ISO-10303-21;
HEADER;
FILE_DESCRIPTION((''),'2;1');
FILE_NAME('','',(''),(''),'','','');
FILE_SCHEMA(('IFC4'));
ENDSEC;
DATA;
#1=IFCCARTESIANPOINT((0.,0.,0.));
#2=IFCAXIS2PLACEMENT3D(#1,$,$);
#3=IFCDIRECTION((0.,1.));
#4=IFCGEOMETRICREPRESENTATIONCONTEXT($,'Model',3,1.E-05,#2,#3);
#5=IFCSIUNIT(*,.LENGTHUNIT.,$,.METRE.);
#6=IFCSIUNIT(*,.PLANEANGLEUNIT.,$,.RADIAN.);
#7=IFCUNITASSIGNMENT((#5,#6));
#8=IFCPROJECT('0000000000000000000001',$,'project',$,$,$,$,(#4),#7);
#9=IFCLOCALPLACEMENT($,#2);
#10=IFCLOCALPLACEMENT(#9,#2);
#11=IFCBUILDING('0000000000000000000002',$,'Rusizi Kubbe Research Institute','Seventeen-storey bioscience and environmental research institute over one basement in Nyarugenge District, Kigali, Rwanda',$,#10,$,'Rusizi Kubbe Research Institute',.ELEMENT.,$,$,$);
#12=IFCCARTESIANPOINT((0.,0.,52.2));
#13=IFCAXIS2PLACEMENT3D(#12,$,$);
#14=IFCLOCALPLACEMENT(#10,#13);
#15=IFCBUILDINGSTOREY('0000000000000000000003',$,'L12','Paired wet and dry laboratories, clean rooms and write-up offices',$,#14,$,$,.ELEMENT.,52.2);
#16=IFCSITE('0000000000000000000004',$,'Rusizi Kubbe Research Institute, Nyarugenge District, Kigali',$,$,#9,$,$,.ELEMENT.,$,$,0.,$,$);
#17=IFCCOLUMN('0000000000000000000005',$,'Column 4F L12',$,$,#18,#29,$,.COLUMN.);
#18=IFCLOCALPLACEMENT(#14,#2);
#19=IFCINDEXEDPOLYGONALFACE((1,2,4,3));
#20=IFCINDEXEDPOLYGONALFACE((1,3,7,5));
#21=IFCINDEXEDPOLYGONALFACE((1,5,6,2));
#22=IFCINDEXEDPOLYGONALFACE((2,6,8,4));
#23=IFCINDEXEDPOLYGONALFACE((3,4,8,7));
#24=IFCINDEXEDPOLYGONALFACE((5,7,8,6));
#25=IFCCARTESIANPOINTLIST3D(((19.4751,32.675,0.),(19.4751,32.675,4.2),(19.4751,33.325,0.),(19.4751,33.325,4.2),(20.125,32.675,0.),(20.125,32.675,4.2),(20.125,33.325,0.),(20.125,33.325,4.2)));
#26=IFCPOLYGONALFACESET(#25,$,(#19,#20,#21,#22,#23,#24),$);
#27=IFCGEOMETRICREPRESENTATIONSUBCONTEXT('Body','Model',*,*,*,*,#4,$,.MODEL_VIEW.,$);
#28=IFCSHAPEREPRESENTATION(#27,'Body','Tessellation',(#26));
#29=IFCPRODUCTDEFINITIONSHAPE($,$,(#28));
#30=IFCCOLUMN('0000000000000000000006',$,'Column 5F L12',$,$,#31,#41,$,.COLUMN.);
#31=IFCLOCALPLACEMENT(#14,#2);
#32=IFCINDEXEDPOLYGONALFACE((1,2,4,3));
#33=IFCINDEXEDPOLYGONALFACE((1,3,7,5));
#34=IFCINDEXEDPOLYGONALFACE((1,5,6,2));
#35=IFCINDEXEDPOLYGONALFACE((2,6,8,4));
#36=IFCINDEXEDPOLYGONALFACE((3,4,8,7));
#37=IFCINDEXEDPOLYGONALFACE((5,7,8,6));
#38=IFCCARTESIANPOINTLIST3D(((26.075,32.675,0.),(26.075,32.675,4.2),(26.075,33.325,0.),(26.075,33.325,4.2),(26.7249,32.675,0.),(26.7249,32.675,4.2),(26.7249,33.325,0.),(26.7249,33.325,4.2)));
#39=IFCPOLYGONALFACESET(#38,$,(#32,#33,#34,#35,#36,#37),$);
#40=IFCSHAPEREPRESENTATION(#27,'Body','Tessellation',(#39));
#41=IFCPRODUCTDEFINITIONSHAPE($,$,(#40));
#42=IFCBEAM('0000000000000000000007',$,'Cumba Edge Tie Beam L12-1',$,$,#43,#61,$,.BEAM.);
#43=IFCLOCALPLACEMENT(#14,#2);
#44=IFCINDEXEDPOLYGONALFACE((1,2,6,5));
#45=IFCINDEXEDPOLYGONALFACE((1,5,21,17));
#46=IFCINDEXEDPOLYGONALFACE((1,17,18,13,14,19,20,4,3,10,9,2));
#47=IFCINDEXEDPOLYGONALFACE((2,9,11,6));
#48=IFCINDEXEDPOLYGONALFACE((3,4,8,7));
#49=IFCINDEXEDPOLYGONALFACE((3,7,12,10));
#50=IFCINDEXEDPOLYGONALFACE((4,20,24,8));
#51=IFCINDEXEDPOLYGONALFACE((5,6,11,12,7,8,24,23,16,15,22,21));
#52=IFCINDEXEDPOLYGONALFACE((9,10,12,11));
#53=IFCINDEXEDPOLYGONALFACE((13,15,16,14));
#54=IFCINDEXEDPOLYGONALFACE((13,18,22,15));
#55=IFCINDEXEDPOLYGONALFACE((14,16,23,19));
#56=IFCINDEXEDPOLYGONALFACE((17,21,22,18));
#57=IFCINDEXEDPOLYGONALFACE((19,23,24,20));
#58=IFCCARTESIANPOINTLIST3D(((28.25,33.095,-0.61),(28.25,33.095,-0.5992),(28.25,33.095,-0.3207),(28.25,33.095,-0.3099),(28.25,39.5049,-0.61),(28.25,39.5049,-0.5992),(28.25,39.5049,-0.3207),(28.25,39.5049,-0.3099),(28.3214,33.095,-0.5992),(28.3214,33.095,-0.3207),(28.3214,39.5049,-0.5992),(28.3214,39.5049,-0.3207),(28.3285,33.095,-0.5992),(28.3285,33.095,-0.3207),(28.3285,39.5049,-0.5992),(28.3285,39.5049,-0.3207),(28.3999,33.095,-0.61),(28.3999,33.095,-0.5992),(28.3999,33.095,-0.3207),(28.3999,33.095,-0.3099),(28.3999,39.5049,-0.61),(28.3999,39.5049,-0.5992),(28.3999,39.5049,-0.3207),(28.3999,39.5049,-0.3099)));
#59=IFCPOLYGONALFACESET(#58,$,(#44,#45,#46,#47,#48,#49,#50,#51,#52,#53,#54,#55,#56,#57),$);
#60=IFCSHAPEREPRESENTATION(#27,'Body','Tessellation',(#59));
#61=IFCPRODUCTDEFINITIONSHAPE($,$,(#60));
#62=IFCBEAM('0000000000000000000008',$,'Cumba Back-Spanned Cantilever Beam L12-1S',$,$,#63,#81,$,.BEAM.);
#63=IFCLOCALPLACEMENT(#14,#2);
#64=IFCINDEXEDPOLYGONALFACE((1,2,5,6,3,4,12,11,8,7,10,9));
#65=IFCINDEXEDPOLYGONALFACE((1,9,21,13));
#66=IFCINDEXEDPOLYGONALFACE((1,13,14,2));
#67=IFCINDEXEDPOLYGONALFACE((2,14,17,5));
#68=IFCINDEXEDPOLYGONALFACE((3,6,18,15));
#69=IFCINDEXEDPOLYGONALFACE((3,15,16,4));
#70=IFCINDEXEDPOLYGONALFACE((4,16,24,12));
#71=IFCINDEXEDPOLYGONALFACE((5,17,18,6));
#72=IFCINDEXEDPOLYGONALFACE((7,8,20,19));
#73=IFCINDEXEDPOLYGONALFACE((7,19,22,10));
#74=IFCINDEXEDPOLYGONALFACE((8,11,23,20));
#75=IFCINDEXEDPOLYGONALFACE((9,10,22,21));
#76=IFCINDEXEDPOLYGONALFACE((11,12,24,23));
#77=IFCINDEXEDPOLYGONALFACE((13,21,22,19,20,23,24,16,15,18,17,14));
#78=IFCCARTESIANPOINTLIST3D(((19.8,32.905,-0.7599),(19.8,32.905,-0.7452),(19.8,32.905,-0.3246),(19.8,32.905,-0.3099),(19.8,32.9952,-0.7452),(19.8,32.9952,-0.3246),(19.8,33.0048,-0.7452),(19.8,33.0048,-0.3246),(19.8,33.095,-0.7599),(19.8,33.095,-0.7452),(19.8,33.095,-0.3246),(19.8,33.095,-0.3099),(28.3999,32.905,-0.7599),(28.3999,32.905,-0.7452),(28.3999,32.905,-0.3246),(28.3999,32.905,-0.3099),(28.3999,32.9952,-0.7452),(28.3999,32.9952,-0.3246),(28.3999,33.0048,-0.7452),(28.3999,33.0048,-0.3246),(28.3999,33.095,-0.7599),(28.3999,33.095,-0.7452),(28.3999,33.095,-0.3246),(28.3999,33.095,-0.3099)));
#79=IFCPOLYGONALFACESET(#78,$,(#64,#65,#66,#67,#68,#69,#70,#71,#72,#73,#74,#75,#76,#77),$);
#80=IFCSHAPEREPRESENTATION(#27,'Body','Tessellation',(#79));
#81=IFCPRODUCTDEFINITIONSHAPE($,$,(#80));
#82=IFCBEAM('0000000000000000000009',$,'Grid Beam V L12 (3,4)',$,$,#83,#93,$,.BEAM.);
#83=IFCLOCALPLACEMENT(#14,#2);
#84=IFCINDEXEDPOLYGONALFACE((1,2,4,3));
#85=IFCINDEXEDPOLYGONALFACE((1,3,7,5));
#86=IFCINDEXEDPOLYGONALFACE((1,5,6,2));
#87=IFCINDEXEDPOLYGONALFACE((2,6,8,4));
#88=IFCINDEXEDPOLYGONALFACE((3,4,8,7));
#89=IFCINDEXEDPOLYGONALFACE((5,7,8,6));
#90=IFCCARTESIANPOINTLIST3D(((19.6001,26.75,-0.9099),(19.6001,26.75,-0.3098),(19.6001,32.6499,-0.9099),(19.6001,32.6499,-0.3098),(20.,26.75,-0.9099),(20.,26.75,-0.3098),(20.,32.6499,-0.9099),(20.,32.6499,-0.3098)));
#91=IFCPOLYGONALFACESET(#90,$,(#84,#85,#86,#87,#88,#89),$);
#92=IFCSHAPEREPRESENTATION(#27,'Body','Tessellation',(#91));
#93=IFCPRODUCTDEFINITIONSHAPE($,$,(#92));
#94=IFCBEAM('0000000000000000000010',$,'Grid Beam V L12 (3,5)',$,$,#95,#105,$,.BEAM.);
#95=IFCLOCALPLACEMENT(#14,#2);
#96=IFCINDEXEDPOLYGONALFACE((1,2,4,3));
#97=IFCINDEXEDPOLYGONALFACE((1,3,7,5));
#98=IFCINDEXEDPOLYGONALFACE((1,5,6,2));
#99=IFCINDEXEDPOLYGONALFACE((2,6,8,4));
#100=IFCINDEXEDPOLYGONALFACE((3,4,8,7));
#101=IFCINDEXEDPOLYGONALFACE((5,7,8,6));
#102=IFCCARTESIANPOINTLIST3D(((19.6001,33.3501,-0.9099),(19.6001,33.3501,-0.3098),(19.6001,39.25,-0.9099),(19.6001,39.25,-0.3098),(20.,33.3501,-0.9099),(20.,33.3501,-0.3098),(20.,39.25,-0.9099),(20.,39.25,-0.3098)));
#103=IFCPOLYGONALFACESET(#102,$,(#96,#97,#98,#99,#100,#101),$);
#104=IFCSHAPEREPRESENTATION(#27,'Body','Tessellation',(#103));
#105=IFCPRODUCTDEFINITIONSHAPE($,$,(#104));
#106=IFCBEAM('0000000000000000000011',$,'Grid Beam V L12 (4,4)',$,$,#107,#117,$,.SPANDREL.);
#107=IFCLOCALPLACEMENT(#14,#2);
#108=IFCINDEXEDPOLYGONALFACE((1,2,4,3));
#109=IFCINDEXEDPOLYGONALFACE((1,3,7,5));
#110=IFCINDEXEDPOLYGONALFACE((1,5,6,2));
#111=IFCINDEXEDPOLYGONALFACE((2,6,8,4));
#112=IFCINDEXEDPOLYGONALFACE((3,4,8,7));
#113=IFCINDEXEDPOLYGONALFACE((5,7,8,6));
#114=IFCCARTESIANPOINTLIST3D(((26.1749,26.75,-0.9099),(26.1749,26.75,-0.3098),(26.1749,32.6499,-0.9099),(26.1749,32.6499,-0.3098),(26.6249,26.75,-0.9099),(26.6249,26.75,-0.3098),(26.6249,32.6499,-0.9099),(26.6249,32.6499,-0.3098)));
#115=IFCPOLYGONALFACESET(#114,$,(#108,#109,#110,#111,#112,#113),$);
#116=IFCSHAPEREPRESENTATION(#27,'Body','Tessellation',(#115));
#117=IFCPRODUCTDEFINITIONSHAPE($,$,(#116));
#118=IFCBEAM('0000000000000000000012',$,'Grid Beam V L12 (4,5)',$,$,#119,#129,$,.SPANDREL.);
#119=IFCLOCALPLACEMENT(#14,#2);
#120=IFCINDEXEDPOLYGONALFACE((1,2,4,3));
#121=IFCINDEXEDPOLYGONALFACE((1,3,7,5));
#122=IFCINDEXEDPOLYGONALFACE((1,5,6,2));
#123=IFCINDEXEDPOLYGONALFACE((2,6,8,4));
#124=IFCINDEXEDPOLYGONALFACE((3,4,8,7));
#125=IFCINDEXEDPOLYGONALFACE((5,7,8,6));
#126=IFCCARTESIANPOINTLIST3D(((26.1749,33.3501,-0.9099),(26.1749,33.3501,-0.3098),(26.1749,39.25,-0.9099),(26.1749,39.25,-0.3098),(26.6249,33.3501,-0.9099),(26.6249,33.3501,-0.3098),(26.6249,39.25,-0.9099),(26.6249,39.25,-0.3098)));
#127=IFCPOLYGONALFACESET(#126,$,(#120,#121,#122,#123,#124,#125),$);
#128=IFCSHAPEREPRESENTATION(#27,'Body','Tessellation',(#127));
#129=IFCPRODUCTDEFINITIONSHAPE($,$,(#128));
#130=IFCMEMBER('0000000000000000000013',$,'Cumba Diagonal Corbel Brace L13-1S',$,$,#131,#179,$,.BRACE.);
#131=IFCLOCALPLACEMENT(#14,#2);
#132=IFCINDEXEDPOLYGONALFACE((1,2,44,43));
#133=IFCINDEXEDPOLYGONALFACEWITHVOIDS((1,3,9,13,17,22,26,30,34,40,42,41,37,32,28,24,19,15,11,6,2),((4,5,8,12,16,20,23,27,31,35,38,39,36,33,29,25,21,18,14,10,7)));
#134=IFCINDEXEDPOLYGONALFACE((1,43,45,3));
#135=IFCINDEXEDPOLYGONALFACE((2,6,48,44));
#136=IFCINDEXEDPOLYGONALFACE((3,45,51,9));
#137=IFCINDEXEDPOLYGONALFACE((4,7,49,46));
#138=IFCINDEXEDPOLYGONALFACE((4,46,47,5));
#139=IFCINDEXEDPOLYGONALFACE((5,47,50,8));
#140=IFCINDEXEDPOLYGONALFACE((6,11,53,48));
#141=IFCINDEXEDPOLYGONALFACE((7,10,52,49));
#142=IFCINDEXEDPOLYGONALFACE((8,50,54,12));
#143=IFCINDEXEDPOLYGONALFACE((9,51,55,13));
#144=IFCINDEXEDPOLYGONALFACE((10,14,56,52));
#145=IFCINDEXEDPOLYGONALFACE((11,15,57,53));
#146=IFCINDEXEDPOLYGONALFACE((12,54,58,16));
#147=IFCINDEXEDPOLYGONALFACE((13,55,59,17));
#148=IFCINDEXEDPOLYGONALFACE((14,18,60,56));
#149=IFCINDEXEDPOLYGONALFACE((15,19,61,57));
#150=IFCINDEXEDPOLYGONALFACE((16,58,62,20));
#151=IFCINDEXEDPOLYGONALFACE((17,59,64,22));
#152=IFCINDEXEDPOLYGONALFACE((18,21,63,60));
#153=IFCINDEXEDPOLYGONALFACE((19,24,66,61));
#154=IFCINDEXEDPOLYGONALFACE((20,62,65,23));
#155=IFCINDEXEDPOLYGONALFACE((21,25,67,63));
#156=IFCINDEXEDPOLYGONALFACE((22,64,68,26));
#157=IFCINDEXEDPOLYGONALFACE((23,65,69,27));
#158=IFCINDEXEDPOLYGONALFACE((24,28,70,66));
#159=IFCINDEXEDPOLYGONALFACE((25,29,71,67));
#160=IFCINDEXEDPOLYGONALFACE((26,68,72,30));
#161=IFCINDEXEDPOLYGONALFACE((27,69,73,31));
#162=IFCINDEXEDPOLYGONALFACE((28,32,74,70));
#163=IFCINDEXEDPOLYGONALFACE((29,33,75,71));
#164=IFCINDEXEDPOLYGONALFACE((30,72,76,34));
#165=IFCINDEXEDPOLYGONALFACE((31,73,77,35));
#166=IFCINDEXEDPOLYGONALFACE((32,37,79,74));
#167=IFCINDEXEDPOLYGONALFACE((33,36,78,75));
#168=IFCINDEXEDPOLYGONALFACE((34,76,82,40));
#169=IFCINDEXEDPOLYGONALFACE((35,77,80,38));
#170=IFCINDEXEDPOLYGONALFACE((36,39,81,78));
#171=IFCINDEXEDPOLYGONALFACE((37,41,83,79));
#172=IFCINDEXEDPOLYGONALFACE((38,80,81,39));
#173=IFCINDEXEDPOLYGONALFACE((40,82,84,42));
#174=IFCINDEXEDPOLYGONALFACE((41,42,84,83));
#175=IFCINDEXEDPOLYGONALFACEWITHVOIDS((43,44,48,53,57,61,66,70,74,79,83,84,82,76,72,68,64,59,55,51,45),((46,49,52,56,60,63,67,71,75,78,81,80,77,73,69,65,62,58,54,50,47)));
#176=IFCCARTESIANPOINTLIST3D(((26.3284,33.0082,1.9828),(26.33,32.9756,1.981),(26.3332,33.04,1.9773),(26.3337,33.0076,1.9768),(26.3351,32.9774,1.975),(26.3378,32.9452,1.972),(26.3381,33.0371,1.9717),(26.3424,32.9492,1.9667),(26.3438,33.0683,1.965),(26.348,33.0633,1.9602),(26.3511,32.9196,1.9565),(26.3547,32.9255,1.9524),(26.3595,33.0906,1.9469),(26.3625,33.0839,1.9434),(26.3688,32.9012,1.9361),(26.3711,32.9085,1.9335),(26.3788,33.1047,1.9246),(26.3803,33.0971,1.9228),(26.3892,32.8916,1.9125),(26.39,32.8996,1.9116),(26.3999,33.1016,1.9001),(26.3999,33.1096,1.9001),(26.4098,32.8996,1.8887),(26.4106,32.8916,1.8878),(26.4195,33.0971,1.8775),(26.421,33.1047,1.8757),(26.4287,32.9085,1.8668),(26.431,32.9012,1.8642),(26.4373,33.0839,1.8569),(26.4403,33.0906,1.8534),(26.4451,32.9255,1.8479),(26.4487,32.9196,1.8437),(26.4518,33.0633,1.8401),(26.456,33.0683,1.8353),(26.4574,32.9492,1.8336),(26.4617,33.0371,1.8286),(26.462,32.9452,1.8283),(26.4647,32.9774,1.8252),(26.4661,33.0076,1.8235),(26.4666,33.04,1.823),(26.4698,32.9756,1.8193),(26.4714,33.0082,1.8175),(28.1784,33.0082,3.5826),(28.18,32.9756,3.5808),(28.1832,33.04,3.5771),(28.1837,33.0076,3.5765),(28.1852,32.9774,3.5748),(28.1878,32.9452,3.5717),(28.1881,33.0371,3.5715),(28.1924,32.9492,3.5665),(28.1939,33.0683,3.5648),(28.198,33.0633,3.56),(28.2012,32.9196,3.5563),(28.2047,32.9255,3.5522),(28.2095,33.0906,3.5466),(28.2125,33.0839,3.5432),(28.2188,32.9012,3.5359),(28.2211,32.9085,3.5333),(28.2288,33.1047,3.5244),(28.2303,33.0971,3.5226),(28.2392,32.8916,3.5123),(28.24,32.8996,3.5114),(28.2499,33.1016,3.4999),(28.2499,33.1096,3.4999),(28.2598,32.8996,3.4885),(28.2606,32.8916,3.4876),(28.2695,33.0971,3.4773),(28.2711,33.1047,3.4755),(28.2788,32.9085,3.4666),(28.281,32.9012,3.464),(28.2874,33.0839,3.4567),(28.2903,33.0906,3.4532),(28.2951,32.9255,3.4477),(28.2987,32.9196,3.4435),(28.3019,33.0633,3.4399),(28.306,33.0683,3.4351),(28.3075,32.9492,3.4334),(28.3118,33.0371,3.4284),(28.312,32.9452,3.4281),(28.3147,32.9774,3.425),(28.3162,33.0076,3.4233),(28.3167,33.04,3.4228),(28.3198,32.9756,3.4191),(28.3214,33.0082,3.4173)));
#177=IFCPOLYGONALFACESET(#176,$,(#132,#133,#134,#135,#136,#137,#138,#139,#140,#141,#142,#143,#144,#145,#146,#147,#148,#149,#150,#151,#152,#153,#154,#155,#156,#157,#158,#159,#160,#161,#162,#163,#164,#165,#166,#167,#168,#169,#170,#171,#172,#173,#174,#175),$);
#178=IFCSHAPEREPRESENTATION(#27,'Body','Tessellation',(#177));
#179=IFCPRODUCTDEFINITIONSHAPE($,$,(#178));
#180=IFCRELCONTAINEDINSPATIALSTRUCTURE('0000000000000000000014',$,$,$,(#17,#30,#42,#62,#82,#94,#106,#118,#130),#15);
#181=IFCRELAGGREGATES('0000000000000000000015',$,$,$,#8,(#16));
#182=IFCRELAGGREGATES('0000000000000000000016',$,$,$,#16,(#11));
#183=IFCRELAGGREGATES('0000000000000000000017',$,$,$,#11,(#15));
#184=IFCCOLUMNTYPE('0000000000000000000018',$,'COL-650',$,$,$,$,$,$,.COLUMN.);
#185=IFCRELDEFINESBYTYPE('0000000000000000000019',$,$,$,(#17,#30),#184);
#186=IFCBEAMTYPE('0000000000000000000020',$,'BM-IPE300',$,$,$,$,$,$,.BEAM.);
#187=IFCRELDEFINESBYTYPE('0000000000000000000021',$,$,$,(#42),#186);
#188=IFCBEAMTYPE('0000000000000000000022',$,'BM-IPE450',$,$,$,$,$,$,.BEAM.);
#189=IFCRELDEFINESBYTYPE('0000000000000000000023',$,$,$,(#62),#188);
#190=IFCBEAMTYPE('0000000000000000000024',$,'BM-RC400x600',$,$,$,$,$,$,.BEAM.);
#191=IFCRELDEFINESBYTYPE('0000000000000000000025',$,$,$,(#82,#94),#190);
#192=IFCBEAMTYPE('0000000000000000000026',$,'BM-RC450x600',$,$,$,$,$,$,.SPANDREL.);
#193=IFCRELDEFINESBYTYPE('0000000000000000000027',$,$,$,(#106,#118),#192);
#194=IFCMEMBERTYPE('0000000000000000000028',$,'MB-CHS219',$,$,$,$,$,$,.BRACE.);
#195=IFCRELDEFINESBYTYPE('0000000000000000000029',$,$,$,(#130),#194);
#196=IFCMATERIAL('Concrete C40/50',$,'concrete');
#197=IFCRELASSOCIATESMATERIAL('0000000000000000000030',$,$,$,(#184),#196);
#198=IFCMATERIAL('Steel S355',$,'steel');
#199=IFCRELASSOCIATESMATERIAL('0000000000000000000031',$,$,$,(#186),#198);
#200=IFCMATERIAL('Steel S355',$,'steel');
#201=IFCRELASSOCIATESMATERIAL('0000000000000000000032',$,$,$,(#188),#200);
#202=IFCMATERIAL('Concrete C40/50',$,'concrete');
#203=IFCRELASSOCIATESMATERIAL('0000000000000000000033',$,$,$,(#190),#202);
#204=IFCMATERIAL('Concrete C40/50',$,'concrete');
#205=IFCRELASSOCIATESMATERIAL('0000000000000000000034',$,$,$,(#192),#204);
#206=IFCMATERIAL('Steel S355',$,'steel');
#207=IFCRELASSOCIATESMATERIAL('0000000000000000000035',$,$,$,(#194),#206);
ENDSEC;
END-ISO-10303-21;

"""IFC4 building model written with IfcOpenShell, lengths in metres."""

from ifc_helpers import new_model, si_unit, direction, frame, origin, origin_2d, place, context, subcontext, project, spatial, rectangle, hollow_circle, i_section, extrude, material, material_profile, profile_set, type_object, element, save


model = new_model("IFC4")

# Units and contexts
model_context = context("Model", 3, precision=1e-05, world=origin(), true_north=direction((0.0, 1.0)))
body_context = subcontext(model_context, "Body", "Model", "MODEL_VIEW")
ifc_project = project(units=[si_unit("LENGTHUNIT", "METRE"), si_unit("PLANEANGLEUNIT", "RADIAN")], contexts=[model_context])

# Site, building, storey
site_placement = place(None, origin())
site = spatial("IfcSite", under=ifc_project, at=site_placement, Name="Rusizi Kubbe Research Institute, Nyarugenge District, Kigali", CompositionType="ELEMENT", RefElevation=0.0)
building_placement = place(site_placement, origin())
building = spatial("IfcBuilding", under=site, at=building_placement, Name="Rusizi Kubbe Research Institute", Description="Seventeen-storey bioscience and environmental research institute over one basement in Nyarugenge District, Kigali, Rwanda", LongName="Rusizi Kubbe Research Institute", CompositionType="ELEMENT")
storey_placement = place(building_placement, frame((0.0, 0.0, 52.2)))
storey = spatial("IfcBuildingStorey", under=building, at=storey_placement, Name="L12", Description="Paired wet and dry laboratories, clean rooms and write-up offices", CompositionType="ELEMENT", Elevation=52.2)

# Columns
ifc_material_1 = material(Name="Concrete C40/50", Category="concrete")
ifc_material_profile_1 = material_profile(ifc_material_1, rectangle(XDim=0.6499, YDim=0.6499, at=origin_2d()), Name="RC650x650")
ifc_profile_set_1 = profile_set([ifc_material_profile_1], Name="Concrete C40/50")
column_type = type_object("IfcColumnType", Name="COL-650", PredefinedType="COLUMN", material=ifc_profile_set_1)
for number, where, z_axis, x_axis, name in (
    (1, (19.8, 33.0, 0.0), (0.0, 0.0, 1.0), (1.0, 0.0, 0.0), "Column 4F L12"),
    (2, (26.3999, 33.0, 0.0), (0.0, 0.0, 1.0), (1.0, 0.0, 0.0), "Column 5F L12"),
):
    element("IfcColumn", number, at=place(storey_placement, frame(where, z_axis=z_axis, x_axis=x_axis)), inside=storey, type_object=column_type, Name=name, PredefinedType="COLUMN", context=body_context, shape_type="SweptSolid", body=[
        extrude(rectangle(XDim=0.6499, YDim=0.6499, at=origin_2d()), origin(), (0.0, 0.0, 1.0), 4.2),
    ])

# Beams
ifc_material_2 = material(Name="Steel S355", Category="steel")
ifc_material_profile_2 = material_profile(ifc_material_2, i_section(OverallWidth=0.1499, OverallDepth=0.3, WebThickness=0.0071, FlangeThickness=0.0107, at=origin_2d()), Name="IPE 300")
ifc_profile_set_2 = profile_set([ifc_material_profile_2], Name="Steel S355")
beam_type_1 = type_object("IfcBeamType", Name="BM-IPE300", PredefinedType="BEAM", material=ifc_profile_set_2)
beam_1_placement = place(storey_placement, frame((28.325, 33.095, -0.46), z_axis=(0.0, 1.0, 0.0), x_axis=(-1.0, 0.0, 0.0)))
element("IfcBeam", 3, at=beam_1_placement, inside=storey, type_object=beam_type_1, Name="Cumba Edge Tie Beam L12-1", PredefinedType="BEAM", context=body_context, shape_type="SweptSolid", body=[
    extrude(i_section(OverallWidth=0.1499, OverallDepth=0.3, WebThickness=0.0071, FlangeThickness=0.0107, at=origin_2d()), origin(), (0.0, 0.0, 1.0), 6.4099),
])
ifc_material_3 = material(Name="Steel S355", Category="steel")
ifc_material_profile_3 = material_profile(ifc_material_3, i_section(OverallWidth=0.1899, OverallDepth=0.45, WebThickness=0.0095, FlangeThickness=0.0146, at=origin_2d()), Name="IPE 450")
ifc_profile_set_3 = profile_set([ifc_material_profile_3], Name="Steel S355")
beam_type_2 = type_object("IfcBeamType", Name="BM-IPE450", PredefinedType="BEAM", material=ifc_profile_set_3)
beam_2_placement = place(storey_placement, frame((19.8, 33.0, -0.5349), z_axis=(1.0, 0.0, 0.0), x_axis=(0.0, 1.0, 0.0)))
element("IfcBeam", 4, at=beam_2_placement, inside=storey, type_object=beam_type_2, Name="Cumba Back-Spanned Cantilever Beam L12-1S", PredefinedType="BEAM", context=body_context, shape_type="SweptSolid", body=[
    extrude(i_section(OverallWidth=0.1899, OverallDepth=0.45, WebThickness=0.0095, FlangeThickness=0.0146, at=origin_2d()), origin(), (0.0, 0.0, 1.0), 8.5999),
])
ifc_material_4 = material(Name="Concrete C40/50", Category="concrete")
ifc_material_profile_4 = material_profile(ifc_material_4, rectangle(XDim=0.3999, YDim=0.6001, at=origin_2d()), Name="RC400x600")
ifc_profile_set_4 = profile_set([ifc_material_profile_4], Name="Concrete C40/50")
beam_type_3 = type_object("IfcBeamType", Name="BM-RC400x600", PredefinedType="BEAM", material=ifc_profile_set_4)
for number, where, z_axis, x_axis, name in (
    (5, (19.8, 26.75, -0.6099), (0.0, 1.0, 0.0), (-1.0, 0.0, 0.0), "Grid Beam V L12 (3,4)"),
    (6, (19.8, 33.3501, -0.6099), (0.0, 1.0, 0.0), (-1.0, 0.0, 0.0), "Grid Beam V L12 (3,5)"),
):
    element("IfcBeam", number, at=place(storey_placement, frame(where, z_axis=z_axis, x_axis=x_axis)), inside=storey, type_object=beam_type_3, Name=name, PredefinedType="BEAM", context=body_context, shape_type="SweptSolid", body=[
        extrude(rectangle(XDim=0.3999, YDim=0.6001, at=origin_2d()), origin(), (0.0, 0.0, 1.0), 5.8999),
    ])
ifc_material_5 = material(Name="Concrete C40/50", Category="concrete")
ifc_material_profile_5 = material_profile(ifc_material_5, rectangle(XDim=0.45, YDim=0.6001, at=origin_2d()), Name="RC450x600")
ifc_profile_set_5 = profile_set([ifc_material_profile_5], Name="Concrete C40/50")
beam_type_4 = type_object("IfcBeamType", Name="BM-RC450x600", PredefinedType="SPANDREL", material=ifc_profile_set_5)
for number, where, z_axis, x_axis, name in (
    (7, (26.3999, 26.75, -0.6099), (0.0, 1.0, 0.0), (-1.0, 0.0, 0.0), "Grid Beam V L12 (4,4)"),
    (8, (26.3999, 33.3501, -0.6099), (0.0, 1.0, 0.0), (-1.0, 0.0, 0.0), "Grid Beam V L12 (4,5)"),
):
    element("IfcBeam", number, at=place(storey_placement, frame(where, z_axis=z_axis, x_axis=x_axis)), inside=storey, type_object=beam_type_4, Name=name, PredefinedType="SPANDREL", context=body_context, shape_type="SweptSolid", body=[
        extrude(rectangle(XDim=0.45, YDim=0.6001, at=origin_2d()), origin(), (0.0, 0.0, 1.0), 5.8999),
    ])

# Member
ifc_material_6 = material(Name="Steel S355", Category="steel")
ifc_material_profile_6 = material_profile(ifc_material_6, hollow_circle(Radius=0.1096, WallThickness=0.0081, at=origin_2d()), Name="CHS 219.1x8.0")
ifc_profile_set_6 = profile_set([ifc_material_profile_6], Name="Steel S355")
member_type_1 = type_object("IfcMemberType", Name="MB-CHS219", PredefinedType="BRACE", material=ifc_profile_set_6)
member_1_placement = place(storey_placement, frame((26.3999, 33.0, 1.9001), z_axis=(0.75641, 0.0, 0.654098), x_axis=(0.0, 1.0, 0.0)))
element("IfcMember", 9, at=member_1_placement, inside=storey, type_object=member_type_1, Name="Cumba Diagonal Corbel Brace L13-1S", PredefinedType="BRACE", context=body_context, shape_type="SweptSolid", body=[
    extrude(hollow_circle(Radius=0.1096, WallThickness=0.0081, at=origin_2d()), origin(), (0.0, 0.0, 1.0), 2.4458),
])

save(model, "model.ifc")
